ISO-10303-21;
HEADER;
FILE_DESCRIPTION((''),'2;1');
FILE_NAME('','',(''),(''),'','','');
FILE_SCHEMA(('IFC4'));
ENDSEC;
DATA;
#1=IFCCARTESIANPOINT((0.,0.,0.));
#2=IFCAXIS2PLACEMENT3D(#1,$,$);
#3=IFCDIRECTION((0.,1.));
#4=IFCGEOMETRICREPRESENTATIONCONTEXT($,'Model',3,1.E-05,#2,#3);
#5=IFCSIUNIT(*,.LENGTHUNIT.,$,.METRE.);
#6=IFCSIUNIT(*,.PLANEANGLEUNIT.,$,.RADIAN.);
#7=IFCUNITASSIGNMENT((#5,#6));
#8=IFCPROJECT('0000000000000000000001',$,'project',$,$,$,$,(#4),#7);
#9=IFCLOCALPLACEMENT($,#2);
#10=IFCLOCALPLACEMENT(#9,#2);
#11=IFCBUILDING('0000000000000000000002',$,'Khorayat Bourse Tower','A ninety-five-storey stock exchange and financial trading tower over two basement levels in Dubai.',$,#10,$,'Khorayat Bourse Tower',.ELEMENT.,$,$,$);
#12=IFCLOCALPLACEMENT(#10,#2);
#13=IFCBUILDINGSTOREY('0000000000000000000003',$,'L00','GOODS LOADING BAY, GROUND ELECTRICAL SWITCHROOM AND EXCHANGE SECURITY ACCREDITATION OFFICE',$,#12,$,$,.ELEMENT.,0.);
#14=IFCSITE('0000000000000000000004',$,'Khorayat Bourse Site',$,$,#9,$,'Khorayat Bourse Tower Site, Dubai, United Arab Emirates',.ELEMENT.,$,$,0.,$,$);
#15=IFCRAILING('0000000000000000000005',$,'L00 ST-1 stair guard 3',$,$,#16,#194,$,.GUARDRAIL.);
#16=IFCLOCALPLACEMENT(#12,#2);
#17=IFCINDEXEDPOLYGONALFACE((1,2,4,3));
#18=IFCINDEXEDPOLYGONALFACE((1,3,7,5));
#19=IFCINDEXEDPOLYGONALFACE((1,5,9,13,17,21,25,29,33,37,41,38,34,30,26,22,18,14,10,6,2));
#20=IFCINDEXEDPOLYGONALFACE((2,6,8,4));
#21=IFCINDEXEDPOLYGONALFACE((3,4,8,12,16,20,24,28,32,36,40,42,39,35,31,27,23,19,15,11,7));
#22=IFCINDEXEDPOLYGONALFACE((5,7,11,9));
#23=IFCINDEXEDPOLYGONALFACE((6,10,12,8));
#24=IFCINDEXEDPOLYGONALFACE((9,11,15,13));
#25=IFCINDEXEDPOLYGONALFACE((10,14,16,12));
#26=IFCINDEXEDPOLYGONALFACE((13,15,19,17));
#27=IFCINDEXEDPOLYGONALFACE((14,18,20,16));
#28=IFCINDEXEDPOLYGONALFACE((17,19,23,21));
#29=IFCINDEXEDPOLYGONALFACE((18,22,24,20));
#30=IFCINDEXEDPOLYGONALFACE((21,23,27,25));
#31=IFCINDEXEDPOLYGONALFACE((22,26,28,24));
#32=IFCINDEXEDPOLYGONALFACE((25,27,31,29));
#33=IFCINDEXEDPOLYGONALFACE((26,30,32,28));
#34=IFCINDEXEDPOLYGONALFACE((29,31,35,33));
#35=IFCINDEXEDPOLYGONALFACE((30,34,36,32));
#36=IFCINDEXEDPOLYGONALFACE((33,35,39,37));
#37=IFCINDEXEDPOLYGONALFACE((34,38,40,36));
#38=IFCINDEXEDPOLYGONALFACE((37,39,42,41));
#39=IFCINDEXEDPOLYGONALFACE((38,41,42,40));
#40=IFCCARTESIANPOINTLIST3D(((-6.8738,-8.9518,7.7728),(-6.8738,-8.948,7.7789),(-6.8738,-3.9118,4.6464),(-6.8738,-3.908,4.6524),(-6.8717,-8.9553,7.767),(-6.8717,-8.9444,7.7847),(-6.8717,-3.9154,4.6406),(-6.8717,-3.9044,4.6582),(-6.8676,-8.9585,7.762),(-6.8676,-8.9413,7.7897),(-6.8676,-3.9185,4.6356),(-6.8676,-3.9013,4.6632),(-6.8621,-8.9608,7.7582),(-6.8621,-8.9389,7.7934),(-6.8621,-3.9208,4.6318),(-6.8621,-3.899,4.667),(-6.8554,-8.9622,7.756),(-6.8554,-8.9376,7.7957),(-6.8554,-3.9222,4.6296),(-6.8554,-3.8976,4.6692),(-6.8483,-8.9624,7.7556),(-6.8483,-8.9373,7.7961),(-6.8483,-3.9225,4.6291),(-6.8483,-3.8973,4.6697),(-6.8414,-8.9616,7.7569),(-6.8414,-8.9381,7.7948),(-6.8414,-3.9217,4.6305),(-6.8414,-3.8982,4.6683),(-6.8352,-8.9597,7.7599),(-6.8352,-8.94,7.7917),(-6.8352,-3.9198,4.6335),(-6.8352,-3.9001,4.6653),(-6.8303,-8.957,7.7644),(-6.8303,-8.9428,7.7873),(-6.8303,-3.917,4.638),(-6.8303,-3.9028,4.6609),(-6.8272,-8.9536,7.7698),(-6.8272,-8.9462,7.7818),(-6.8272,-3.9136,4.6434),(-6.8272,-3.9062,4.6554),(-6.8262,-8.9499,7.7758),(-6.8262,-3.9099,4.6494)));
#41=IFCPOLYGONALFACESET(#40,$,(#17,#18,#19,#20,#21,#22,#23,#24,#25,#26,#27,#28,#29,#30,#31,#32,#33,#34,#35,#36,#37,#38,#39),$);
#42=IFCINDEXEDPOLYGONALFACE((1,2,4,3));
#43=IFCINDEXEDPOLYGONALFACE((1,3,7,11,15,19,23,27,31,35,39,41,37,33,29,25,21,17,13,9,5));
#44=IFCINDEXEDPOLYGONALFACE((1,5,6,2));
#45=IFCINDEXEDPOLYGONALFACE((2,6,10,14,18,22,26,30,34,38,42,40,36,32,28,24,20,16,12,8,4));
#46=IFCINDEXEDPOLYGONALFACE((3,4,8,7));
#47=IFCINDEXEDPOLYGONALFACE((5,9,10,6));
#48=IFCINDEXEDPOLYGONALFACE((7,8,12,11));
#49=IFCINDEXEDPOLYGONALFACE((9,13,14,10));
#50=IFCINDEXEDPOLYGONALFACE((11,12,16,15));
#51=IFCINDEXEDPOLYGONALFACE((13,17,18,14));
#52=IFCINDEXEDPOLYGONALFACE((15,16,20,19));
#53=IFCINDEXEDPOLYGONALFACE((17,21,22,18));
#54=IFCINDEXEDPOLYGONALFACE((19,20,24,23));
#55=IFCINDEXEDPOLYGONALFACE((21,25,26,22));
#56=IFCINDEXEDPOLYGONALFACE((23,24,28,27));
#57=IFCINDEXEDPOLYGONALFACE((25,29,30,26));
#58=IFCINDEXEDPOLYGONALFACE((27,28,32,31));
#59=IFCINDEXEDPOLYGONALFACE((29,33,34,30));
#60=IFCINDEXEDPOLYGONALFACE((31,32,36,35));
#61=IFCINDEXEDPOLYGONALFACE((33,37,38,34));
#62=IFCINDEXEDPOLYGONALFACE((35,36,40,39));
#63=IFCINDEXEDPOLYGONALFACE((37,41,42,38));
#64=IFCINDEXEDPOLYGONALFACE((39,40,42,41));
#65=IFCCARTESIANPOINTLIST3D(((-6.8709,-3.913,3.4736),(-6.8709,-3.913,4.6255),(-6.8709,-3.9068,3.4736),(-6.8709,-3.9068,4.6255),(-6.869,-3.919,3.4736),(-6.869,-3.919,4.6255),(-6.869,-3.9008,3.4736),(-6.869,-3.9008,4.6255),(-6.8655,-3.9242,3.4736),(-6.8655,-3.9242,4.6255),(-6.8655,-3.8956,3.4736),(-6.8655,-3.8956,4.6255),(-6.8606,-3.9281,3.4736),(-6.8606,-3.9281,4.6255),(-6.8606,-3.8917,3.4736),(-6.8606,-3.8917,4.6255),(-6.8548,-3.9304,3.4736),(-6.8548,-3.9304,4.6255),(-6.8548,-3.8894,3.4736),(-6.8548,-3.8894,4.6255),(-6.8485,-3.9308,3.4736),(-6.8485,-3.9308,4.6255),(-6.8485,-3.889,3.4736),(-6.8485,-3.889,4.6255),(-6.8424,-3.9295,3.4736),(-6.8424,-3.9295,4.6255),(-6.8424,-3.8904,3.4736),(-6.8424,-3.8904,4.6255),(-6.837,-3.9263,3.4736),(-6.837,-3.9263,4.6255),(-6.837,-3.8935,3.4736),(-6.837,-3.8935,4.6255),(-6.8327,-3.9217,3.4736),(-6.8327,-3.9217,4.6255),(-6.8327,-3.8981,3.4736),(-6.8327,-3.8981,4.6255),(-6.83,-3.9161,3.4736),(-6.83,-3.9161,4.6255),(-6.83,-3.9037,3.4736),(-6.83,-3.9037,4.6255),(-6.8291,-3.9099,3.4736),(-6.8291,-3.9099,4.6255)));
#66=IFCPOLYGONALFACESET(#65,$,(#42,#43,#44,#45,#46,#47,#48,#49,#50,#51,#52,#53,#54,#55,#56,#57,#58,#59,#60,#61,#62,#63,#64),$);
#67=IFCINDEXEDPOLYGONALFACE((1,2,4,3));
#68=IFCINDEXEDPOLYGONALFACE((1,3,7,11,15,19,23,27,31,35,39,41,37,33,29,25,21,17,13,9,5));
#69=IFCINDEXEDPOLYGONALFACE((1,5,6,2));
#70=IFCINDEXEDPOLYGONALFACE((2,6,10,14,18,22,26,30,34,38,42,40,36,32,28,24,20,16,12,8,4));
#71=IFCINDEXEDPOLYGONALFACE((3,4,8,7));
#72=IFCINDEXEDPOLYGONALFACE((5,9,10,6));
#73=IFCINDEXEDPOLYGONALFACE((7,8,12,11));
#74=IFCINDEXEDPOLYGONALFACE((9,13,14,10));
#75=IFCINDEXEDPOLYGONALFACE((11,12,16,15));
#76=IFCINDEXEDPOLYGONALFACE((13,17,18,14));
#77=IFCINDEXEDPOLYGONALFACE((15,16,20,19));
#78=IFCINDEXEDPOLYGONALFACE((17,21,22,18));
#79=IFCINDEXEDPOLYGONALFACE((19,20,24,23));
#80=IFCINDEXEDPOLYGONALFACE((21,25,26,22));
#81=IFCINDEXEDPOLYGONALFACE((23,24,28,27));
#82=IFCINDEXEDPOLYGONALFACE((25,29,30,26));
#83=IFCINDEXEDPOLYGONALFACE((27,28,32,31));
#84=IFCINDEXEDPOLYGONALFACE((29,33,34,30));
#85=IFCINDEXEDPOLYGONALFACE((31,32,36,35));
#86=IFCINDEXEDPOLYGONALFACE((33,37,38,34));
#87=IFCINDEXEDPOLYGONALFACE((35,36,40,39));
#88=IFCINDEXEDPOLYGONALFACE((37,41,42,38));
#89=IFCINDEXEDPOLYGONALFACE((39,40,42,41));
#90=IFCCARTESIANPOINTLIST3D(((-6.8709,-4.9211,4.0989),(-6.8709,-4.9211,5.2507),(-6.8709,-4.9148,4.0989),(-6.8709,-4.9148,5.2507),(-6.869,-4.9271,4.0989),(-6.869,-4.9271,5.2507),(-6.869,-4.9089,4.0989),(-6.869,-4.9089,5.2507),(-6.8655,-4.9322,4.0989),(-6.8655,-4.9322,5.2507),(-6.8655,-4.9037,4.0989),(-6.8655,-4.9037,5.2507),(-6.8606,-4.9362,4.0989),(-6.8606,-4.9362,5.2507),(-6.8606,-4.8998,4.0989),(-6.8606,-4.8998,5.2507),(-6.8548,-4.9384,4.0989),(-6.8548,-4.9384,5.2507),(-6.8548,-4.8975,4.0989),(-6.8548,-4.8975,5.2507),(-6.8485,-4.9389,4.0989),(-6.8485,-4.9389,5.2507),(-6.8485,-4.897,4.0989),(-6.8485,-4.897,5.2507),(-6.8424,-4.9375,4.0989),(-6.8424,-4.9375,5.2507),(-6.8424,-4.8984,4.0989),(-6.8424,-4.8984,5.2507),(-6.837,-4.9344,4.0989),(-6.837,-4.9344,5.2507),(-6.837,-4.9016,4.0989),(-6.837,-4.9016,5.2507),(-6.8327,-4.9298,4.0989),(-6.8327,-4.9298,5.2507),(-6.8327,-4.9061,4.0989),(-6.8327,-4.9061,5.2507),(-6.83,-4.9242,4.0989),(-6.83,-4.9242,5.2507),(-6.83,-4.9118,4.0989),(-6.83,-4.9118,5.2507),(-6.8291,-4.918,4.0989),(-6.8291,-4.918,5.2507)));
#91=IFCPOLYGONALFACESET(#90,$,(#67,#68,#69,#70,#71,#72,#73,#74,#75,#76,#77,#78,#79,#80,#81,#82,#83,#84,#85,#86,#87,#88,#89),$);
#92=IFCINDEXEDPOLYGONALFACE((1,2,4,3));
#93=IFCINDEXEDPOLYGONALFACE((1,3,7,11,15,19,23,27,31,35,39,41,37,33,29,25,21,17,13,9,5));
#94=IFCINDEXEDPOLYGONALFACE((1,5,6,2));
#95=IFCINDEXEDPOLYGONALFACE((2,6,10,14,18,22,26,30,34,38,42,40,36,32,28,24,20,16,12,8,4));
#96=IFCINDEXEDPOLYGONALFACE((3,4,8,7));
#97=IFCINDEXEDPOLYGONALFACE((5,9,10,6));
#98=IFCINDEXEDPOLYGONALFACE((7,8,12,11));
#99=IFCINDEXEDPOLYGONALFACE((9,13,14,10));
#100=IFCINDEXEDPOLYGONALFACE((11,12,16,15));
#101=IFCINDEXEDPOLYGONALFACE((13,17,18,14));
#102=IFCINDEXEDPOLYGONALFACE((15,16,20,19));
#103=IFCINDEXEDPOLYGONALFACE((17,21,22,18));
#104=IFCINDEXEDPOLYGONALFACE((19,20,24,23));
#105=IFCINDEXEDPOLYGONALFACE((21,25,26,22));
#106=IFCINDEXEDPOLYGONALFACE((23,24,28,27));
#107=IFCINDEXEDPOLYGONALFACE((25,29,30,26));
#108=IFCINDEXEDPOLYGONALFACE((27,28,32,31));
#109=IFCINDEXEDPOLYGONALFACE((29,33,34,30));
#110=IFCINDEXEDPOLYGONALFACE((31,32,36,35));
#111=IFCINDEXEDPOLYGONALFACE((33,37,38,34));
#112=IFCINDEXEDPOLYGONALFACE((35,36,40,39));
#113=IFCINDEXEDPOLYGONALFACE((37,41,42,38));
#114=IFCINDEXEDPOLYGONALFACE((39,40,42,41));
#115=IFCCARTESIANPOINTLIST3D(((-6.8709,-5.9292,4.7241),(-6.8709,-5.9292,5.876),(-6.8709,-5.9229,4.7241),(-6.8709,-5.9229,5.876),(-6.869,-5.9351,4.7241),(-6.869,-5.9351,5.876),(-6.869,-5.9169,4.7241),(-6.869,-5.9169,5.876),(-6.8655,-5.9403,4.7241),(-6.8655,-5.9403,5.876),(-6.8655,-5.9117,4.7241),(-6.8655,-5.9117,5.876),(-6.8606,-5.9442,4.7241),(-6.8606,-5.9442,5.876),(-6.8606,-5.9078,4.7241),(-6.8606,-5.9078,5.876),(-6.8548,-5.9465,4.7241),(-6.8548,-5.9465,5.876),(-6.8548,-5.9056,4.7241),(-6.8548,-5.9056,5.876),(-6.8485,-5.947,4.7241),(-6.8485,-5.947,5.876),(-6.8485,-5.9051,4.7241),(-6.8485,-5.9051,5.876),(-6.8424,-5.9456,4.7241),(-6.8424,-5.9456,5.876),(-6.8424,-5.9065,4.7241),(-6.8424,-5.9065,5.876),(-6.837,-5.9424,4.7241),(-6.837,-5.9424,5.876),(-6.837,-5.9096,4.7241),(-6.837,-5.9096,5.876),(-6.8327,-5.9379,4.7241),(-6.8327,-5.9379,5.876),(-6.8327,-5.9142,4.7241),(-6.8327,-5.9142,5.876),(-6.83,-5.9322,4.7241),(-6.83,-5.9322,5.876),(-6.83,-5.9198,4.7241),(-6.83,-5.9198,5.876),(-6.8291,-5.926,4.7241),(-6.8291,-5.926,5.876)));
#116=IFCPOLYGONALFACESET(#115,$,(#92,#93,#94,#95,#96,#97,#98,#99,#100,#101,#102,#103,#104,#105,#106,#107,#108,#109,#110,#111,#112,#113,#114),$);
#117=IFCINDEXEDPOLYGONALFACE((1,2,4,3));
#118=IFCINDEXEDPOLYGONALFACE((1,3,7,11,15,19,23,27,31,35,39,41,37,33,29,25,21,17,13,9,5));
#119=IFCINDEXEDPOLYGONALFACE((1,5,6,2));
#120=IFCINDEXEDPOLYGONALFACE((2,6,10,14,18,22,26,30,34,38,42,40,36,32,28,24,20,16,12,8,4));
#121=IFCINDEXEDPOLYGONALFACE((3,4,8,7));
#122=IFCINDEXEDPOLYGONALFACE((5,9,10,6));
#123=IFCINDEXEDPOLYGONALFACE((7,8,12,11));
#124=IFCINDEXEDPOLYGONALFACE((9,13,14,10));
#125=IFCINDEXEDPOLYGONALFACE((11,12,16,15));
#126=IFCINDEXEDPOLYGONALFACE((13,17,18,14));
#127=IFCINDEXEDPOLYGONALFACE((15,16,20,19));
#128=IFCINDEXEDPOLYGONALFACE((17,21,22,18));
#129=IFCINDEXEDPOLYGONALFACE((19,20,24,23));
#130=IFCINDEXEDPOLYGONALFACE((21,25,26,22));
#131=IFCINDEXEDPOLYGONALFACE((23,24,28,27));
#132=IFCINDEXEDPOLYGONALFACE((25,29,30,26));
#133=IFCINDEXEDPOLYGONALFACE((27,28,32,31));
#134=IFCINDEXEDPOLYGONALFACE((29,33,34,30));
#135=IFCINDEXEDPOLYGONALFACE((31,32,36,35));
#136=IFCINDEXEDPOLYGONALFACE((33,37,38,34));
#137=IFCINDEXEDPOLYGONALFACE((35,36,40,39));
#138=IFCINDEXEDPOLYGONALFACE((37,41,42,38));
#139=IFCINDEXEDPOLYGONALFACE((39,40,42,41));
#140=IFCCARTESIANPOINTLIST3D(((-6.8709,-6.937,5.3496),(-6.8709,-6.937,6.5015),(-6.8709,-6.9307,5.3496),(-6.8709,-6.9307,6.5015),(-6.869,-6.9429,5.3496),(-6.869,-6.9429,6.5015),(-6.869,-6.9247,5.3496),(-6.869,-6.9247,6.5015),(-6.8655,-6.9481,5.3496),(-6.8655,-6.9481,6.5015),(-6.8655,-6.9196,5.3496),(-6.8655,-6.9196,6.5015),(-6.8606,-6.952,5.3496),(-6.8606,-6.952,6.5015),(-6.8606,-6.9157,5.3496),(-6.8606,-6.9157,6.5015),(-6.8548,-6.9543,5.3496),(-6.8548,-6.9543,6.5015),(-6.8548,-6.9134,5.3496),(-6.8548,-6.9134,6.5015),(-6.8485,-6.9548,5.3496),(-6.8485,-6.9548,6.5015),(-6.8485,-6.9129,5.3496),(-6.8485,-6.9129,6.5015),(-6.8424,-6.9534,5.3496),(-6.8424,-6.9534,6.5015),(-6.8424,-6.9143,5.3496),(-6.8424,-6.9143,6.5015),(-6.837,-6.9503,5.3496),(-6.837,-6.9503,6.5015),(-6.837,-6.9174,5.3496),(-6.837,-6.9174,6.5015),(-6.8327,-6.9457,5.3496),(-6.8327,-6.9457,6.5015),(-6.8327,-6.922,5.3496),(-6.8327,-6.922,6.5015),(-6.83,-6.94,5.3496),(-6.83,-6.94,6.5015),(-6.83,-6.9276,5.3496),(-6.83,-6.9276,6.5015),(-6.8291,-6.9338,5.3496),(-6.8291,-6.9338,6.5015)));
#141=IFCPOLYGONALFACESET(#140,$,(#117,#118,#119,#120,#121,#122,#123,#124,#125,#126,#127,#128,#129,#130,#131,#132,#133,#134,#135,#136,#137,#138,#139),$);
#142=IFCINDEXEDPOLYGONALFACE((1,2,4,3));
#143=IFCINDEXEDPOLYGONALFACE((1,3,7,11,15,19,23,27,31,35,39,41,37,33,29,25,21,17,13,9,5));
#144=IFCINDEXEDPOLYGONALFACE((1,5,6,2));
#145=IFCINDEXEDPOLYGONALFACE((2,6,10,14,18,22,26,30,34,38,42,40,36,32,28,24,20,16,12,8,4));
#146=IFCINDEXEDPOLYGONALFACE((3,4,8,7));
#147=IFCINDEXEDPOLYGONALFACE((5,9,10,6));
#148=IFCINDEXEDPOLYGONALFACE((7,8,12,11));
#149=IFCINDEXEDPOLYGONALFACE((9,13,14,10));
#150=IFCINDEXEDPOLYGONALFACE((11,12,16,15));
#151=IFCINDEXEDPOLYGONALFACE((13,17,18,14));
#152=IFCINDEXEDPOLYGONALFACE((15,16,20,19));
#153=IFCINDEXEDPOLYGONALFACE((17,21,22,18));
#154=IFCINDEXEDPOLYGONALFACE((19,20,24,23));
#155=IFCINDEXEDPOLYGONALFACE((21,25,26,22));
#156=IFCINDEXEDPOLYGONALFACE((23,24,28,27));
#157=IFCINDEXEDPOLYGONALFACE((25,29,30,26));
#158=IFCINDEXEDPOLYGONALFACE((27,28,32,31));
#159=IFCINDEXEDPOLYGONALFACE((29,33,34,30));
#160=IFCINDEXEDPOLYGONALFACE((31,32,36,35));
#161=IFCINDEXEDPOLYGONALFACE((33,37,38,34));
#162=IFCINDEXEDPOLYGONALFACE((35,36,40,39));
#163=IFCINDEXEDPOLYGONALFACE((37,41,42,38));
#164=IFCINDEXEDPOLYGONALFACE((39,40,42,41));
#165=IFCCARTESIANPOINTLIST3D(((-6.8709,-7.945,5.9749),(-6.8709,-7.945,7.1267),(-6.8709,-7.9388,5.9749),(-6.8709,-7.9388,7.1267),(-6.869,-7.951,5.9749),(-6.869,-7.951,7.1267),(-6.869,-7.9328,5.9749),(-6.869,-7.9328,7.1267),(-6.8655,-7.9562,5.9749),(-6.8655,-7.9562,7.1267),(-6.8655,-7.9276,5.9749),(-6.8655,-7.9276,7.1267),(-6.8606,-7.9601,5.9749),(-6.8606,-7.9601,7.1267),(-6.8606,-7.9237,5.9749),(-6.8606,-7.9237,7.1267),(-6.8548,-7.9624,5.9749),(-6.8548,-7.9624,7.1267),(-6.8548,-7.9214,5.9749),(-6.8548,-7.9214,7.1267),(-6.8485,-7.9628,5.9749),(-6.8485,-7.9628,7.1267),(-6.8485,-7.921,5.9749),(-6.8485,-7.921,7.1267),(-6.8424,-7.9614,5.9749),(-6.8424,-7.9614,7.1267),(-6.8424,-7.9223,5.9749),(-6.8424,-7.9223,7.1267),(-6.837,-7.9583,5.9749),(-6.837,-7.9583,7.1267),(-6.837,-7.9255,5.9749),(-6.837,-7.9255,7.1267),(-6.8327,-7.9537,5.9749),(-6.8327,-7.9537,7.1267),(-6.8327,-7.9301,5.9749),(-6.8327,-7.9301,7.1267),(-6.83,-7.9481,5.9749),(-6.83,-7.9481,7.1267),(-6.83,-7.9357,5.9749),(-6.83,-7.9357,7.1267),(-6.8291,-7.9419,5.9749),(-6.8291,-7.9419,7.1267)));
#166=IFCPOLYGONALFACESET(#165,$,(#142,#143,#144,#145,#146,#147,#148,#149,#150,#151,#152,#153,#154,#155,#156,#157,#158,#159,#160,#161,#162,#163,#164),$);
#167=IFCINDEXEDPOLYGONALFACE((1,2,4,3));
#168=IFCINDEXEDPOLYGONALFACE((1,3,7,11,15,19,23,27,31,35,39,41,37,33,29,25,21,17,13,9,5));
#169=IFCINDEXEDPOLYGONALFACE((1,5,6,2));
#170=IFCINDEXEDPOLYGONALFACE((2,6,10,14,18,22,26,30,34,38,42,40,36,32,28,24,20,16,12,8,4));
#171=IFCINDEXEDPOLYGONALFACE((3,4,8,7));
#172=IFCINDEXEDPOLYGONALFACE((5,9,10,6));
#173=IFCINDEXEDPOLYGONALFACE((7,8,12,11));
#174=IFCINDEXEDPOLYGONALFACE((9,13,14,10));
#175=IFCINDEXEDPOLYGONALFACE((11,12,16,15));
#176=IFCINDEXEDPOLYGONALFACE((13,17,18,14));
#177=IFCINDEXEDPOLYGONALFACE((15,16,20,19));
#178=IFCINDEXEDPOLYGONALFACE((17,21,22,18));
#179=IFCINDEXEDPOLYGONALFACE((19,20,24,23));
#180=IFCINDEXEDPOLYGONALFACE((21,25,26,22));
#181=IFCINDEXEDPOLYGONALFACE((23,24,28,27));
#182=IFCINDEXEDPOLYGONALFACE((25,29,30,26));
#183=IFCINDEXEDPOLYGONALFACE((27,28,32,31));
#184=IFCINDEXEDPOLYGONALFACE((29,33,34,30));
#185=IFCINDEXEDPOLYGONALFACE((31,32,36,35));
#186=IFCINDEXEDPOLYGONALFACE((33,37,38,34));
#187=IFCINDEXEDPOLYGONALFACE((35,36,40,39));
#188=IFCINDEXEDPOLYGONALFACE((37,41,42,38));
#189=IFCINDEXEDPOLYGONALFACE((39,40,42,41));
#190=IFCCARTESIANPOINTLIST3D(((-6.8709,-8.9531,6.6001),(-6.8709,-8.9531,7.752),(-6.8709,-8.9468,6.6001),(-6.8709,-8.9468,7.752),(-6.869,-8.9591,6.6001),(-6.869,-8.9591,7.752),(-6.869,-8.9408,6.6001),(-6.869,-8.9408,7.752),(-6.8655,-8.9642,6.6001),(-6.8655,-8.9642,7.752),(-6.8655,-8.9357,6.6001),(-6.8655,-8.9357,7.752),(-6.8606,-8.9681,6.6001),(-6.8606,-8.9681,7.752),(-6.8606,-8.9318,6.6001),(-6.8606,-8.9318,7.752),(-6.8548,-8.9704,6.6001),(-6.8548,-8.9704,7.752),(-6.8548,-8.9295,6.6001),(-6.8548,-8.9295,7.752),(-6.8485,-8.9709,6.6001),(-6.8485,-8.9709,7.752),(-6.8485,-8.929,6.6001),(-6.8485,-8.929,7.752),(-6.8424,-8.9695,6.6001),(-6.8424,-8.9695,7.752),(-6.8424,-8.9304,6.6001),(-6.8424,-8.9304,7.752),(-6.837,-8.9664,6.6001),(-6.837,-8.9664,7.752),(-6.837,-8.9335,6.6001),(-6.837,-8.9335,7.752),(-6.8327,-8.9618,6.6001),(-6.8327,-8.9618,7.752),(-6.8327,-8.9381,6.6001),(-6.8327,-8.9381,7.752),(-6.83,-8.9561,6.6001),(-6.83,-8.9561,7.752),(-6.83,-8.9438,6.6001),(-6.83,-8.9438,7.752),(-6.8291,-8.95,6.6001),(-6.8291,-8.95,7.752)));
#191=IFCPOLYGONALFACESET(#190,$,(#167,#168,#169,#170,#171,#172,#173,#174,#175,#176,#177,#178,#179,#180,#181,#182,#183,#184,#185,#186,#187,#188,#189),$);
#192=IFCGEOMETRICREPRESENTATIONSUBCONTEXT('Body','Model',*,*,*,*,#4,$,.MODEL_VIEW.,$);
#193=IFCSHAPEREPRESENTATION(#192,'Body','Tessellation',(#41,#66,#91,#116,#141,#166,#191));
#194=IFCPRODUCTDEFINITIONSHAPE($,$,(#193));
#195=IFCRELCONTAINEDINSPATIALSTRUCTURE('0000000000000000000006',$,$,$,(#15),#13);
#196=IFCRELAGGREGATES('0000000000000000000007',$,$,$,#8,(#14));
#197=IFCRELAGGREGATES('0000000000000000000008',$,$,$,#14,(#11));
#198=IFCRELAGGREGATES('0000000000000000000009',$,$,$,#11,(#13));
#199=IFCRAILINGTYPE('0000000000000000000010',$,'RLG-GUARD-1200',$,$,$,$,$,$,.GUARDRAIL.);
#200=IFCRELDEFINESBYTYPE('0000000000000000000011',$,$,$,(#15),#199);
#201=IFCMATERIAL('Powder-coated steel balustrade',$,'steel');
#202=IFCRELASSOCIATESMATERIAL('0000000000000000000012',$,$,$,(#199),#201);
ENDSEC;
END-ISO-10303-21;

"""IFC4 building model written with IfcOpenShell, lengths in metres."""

from ifc_helpers import new_model, si_unit, direction, frame, origin, origin_2d, place, context, subcontext, project, spatial, circle, extrude, source, transform, mapped, material, type_object, element, save


model = new_model("IFC4")

# Units and contexts
model_context = context("Model", 3, precision=1e-05, world=origin(), true_north=direction((0.0, 1.0)))
body_context = subcontext(model_context, "Body", "Model", "MODEL_VIEW")
ifc_project = project(units=[si_unit("LENGTHUNIT", "METRE"), si_unit("PLANEANGLEUNIT", "RADIAN")], contexts=[model_context])

# Site, building, storey
site_placement = place(None, origin())
site = spatial("IfcSite", under=ifc_project, at=site_placement, Name="Khorayat Bourse Site", LongName="Khorayat Bourse Tower Site, Dubai, United Arab Emirates", CompositionType="ELEMENT", RefElevation=0.0)
building_placement = place(site_placement, origin())
building = spatial("IfcBuilding", under=site, at=building_placement, Name="Khorayat Bourse Tower", Description="A ninety-five-storey stock exchange and financial trading tower over two basement levels in Dubai.", LongName="Khorayat Bourse Tower", CompositionType="ELEMENT")
storey_placement = place(building_placement, origin())
storey = spatial("IfcBuildingStorey", under=building, at=storey_placement, Name="L00", Description="GOODS LOADING BAY, GROUND ELECTRICAL SWITCHROOM AND EXCHANGE SECURITY ACCREDITATION OFFICE", CompositionType="ELEMENT", Elevation=0.0)

# Railing
ifc_material_1 = material(Name="Powder-coated steel balustrade", Category="steel")
railing_type_1 = type_object("IfcRailingType", Name="RLG-GUARD-1200", PredefinedType="GUARDRAIL", material=ifc_material_1)
shared_shape_1 = source(origin(), body_context, "Body", "SweptSolid", [
    extrude(circle(Radius=0.0239, at=origin_2d()), frame((0.0, 0.0, 1.1758), z_axis=(0.0, -0.849779, 0.527139), x_axis=(1.0, 0.0, 0.0)), (0.0, 0.0, 1.0), 5.9309),
    extrude(circle(Radius=0.021, at=origin_2d()), origin(), (0.0, 0.0, 1.0), 1.1519),
    extrude(circle(Radius=0.021, at=origin_2d()), frame((0.0, -1.0081, 0.6252)), (0.0, 0.0, 1.0), 1.1519),
    extrude(circle(Radius=0.021, at=origin_2d()), frame((0.0, -2.0161, 1.2505)), (0.0, 0.0, 1.0), 1.1519),
    extrude(circle(Radius=0.021, at=origin_2d()), frame((0.0, -3.0239, 1.876)), (0.0, 0.0, 1.0), 1.1519),
    extrude(circle(Radius=0.021, at=origin_2d()), frame((0.0, -4.032, 2.5012)), (0.0, 0.0, 1.0), 1.1519),
    extrude(circle(Radius=0.021, at=origin_2d()), frame((0.0, -5.04, 3.1265)), (0.0, 0.0, 1.0), 1.1519),
])
railing_1_placement = place(storey_placement, frame((-6.8501, -3.9099, 3.4736)))
element("IfcRailing", 1, at=railing_1_placement, inside=storey, type_object=railing_type_1, Name="L00 ST-1 stair guard 3", PredefinedType="GUARDRAIL", context=body_context, shape_type="MappedRepresentation", body=[
    mapped(shared_shape_1, transform((0.0, 0.0, 0.0), scale=1.0)),
])

save(model, "model.ifc")
